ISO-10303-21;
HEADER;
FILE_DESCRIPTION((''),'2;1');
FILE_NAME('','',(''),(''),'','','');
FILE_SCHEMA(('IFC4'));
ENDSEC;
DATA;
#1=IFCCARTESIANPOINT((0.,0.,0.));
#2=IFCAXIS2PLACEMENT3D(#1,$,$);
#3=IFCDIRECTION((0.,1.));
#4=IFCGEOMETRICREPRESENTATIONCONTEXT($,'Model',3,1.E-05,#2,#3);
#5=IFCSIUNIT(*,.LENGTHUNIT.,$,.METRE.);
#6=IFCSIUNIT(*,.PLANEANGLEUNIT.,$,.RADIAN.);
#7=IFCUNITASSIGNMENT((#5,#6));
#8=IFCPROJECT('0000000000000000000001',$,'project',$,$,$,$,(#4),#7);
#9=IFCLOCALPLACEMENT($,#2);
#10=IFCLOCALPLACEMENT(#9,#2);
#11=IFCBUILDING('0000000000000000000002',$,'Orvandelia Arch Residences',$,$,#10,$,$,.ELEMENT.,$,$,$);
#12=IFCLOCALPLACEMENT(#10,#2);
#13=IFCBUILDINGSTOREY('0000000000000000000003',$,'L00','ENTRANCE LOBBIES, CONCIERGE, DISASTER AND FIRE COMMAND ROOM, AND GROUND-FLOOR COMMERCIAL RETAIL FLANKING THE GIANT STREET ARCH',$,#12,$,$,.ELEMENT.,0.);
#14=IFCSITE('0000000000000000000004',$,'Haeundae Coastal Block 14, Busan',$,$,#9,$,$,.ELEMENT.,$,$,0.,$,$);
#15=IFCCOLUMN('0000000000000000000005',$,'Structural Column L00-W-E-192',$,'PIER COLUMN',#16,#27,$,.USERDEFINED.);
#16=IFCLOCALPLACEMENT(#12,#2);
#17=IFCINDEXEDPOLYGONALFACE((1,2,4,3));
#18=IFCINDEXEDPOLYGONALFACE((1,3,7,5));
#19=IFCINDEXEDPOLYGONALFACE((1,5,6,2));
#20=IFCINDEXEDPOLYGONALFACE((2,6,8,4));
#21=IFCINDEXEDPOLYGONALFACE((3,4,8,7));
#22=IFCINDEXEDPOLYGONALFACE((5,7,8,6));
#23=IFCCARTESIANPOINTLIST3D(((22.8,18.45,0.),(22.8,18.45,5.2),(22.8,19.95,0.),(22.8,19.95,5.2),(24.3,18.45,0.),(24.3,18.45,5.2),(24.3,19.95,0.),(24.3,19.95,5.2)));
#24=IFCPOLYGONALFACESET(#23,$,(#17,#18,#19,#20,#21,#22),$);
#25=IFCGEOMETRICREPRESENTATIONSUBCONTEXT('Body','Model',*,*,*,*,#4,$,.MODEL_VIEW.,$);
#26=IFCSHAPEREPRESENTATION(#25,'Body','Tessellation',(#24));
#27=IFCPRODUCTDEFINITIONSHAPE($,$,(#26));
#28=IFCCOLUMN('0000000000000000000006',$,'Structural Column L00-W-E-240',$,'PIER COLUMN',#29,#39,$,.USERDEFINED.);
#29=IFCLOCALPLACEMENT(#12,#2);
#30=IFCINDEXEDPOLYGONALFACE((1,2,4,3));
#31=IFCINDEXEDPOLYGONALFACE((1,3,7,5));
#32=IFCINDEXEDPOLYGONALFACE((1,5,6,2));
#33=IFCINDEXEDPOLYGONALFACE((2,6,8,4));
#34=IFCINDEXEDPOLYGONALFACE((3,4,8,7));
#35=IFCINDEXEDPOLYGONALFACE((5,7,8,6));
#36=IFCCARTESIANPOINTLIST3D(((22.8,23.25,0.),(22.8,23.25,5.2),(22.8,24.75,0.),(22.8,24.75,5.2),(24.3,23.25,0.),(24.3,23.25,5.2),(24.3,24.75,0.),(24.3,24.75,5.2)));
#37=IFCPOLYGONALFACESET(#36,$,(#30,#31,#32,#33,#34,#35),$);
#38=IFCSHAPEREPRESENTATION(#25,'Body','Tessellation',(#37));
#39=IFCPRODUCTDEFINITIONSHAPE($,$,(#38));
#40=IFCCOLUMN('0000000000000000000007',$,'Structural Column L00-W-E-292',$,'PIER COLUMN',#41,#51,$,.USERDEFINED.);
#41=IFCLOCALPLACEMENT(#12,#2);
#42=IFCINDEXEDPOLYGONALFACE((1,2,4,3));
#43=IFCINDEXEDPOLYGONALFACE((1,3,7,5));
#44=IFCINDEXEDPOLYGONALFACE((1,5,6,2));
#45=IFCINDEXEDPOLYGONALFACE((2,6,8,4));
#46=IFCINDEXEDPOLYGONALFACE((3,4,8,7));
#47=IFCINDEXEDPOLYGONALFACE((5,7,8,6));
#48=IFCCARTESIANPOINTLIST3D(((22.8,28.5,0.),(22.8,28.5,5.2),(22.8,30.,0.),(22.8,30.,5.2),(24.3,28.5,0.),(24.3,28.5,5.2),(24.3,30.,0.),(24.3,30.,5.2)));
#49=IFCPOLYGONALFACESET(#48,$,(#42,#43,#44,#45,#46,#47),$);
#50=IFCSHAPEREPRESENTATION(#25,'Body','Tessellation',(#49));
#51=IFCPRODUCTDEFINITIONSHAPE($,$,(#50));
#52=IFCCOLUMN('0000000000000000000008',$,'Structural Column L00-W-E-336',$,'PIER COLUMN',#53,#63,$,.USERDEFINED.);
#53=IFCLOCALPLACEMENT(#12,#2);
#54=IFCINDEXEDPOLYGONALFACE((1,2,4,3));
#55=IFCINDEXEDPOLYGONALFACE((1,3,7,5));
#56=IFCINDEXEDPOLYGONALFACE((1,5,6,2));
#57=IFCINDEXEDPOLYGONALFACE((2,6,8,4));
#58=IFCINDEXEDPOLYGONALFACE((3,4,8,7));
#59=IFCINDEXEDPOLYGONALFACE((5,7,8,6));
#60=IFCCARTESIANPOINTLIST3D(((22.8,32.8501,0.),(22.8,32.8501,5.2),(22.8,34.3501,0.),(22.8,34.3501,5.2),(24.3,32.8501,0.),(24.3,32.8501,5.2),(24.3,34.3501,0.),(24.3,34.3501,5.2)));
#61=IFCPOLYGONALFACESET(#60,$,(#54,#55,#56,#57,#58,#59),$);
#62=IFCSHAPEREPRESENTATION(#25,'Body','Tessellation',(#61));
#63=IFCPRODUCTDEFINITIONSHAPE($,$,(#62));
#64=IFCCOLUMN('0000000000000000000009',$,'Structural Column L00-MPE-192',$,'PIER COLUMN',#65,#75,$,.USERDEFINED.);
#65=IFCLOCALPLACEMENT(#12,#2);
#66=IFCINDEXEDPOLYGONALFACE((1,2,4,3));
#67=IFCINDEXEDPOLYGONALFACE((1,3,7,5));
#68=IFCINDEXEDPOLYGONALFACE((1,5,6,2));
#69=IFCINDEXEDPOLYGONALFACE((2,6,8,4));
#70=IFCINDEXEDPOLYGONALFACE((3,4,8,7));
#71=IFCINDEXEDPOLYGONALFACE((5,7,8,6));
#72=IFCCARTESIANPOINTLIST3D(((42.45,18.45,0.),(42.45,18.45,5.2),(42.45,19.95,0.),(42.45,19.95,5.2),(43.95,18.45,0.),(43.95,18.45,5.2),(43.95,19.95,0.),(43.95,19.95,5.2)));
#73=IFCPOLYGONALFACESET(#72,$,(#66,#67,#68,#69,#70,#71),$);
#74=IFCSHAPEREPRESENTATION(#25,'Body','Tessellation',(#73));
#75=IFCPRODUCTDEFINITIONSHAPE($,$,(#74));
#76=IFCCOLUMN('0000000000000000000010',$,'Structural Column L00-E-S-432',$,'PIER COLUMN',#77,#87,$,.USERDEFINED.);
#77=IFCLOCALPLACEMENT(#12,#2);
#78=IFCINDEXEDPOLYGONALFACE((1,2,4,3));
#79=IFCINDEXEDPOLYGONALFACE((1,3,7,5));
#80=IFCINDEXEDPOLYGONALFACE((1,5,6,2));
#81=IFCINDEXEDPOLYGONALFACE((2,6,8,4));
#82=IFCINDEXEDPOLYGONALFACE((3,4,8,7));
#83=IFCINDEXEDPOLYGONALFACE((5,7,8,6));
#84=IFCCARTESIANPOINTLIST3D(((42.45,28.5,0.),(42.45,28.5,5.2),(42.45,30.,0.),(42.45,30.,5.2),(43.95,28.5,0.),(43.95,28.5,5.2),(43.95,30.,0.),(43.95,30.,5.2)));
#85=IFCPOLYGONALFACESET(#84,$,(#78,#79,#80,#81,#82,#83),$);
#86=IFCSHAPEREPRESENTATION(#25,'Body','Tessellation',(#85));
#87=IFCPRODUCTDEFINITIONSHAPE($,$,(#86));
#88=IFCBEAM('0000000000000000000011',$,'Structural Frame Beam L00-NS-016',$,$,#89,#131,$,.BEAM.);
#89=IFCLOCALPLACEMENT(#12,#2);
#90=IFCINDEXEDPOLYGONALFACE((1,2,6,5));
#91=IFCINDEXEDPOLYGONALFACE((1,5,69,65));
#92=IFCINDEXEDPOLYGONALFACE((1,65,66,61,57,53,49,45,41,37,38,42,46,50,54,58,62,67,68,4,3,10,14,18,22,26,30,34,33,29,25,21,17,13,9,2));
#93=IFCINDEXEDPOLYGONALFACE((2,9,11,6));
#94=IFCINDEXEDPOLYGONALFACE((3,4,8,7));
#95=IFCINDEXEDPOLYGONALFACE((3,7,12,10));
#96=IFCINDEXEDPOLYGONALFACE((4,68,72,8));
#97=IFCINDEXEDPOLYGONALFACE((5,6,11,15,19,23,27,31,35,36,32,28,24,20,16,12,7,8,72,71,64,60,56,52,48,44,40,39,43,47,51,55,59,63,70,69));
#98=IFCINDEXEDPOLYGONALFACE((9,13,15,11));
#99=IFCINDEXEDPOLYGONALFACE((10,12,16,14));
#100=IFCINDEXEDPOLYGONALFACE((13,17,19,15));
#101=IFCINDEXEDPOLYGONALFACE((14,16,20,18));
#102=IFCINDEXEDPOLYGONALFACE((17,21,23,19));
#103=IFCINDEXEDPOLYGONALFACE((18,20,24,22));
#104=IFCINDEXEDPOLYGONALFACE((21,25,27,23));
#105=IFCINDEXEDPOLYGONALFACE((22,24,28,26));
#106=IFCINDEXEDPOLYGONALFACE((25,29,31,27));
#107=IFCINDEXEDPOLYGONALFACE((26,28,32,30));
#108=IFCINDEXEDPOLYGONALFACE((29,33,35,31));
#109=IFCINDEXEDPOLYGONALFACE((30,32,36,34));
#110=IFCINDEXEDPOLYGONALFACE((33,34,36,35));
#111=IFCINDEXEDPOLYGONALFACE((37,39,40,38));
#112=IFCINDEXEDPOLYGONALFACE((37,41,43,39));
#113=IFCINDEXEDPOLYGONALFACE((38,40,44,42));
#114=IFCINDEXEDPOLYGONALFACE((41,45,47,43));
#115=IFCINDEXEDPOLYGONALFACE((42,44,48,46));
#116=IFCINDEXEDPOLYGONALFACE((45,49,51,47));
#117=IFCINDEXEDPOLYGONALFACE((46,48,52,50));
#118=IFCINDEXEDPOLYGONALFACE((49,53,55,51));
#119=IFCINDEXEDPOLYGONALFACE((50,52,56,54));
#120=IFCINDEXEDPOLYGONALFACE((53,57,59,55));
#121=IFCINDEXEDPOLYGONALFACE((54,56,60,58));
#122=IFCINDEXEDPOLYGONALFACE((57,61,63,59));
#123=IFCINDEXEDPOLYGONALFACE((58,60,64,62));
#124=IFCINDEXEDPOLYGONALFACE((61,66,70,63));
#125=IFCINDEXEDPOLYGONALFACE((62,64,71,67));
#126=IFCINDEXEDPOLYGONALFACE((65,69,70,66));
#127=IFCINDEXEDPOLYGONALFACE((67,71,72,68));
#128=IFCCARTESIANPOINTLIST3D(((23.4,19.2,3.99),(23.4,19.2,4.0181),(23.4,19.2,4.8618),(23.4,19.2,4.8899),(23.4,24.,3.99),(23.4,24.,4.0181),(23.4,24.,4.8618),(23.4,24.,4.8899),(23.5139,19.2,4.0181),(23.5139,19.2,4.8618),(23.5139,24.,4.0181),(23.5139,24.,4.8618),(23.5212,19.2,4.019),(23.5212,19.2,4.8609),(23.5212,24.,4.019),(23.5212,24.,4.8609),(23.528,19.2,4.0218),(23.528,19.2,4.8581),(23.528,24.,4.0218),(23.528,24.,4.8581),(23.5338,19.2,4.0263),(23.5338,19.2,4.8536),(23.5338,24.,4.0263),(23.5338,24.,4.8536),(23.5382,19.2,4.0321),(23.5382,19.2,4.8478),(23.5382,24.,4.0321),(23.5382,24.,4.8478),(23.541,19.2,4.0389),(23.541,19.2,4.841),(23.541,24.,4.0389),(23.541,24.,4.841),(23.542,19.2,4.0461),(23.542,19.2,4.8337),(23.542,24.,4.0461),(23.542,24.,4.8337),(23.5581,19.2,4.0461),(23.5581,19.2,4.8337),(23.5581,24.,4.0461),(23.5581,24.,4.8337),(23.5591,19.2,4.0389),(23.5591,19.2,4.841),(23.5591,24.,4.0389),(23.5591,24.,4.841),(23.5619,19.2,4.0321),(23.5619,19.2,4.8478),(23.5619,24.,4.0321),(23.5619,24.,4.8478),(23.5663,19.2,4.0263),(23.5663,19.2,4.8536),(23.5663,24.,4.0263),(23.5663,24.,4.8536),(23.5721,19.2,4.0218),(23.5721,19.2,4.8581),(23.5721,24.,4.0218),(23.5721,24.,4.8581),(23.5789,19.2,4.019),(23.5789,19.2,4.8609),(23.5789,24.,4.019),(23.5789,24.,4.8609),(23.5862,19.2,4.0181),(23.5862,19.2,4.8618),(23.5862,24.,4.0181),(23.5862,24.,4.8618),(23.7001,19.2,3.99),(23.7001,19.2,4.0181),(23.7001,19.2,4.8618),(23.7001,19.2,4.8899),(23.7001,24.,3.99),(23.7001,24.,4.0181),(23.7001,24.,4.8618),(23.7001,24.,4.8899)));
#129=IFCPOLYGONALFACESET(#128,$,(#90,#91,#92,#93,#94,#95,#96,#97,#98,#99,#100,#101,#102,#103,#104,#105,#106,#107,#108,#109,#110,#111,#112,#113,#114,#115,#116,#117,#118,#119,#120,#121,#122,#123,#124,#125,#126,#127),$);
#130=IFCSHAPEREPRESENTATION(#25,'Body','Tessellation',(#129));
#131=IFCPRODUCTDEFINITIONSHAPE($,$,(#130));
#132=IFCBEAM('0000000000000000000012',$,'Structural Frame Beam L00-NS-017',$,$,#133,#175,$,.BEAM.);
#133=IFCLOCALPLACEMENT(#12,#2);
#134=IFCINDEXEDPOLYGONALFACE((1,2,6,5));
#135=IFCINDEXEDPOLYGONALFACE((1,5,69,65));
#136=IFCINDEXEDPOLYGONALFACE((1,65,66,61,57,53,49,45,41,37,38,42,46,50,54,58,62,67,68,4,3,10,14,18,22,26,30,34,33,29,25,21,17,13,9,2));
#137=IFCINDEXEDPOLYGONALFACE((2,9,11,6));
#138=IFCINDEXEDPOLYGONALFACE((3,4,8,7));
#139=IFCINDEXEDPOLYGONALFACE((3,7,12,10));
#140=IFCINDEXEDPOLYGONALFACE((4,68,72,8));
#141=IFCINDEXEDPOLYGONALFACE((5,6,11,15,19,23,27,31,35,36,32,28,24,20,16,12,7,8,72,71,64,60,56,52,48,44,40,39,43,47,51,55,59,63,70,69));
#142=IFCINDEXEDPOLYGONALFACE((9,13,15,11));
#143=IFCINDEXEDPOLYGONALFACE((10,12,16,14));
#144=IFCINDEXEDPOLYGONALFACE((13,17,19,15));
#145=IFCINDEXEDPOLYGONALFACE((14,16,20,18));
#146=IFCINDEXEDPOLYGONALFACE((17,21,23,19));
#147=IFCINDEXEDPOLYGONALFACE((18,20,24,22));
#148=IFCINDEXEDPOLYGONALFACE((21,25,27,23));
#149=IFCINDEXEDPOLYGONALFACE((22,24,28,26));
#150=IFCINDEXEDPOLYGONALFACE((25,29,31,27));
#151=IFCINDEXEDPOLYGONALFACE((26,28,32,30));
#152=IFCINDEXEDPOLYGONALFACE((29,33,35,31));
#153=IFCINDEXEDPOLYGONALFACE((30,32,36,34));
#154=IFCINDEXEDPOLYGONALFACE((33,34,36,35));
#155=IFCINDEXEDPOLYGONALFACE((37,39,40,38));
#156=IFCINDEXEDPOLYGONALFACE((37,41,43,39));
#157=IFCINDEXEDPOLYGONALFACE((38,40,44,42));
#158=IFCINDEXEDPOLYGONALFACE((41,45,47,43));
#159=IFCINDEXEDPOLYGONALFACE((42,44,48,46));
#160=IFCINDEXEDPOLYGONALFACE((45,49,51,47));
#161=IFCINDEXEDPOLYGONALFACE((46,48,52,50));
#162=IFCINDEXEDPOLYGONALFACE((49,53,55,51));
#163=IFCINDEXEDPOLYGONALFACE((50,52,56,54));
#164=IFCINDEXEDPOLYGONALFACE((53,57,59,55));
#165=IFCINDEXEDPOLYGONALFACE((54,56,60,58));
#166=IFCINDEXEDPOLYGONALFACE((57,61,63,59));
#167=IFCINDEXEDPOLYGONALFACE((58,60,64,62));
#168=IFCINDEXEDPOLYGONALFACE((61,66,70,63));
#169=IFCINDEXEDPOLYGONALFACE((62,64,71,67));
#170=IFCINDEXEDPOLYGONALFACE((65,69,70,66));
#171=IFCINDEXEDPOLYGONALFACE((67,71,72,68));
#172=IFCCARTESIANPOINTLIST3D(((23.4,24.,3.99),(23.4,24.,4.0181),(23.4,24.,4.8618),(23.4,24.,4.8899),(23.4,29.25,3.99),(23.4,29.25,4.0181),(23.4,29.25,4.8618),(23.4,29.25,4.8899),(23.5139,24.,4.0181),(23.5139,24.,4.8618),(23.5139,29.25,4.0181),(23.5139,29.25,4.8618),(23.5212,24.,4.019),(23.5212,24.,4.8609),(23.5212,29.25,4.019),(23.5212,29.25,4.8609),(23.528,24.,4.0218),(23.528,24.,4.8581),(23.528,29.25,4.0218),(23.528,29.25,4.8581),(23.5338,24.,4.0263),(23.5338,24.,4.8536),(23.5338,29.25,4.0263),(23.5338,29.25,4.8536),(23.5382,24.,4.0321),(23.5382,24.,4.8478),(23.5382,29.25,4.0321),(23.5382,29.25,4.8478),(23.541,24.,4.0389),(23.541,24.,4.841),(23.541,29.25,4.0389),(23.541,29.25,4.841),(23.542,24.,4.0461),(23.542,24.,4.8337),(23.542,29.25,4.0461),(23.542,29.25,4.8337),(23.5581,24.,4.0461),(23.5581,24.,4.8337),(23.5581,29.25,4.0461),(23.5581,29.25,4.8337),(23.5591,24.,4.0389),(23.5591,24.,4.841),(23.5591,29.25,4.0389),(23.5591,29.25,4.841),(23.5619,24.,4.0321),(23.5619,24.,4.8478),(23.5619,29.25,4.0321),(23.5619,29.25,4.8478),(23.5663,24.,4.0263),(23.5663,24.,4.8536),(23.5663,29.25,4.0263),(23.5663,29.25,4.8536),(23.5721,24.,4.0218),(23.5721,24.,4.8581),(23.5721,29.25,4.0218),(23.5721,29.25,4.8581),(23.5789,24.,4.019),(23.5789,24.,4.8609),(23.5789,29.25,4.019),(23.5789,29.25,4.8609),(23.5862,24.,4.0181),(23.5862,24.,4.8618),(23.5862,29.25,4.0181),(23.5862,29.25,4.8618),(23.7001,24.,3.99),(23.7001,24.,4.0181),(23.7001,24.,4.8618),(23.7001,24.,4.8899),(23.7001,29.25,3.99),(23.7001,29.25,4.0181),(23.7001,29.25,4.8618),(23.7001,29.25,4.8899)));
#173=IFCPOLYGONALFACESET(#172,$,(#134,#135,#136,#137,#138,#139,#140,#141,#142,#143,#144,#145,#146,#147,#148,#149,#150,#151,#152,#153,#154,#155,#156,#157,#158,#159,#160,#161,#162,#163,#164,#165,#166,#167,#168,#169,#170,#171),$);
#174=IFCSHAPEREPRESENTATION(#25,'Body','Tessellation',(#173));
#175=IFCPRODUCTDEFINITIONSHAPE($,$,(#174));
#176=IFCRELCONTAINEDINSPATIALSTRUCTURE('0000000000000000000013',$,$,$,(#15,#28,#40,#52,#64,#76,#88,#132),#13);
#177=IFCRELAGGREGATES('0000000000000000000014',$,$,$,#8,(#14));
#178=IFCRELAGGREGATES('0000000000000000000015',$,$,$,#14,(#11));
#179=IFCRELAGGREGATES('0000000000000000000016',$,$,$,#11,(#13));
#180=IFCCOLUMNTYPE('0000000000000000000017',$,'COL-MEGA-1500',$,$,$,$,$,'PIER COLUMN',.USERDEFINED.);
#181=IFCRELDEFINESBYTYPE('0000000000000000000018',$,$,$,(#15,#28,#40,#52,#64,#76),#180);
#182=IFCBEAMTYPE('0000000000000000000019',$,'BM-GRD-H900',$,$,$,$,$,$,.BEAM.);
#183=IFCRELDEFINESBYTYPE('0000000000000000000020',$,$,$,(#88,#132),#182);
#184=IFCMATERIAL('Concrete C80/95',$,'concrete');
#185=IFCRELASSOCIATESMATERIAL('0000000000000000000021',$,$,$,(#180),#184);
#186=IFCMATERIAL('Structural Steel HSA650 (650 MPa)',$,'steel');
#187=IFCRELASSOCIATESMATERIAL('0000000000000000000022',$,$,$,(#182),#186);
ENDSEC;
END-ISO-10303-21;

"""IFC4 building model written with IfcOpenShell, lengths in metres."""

from ifc_helpers import new_model, si_unit, direction, frame, origin, origin_2d, place, context, subcontext, project, spatial, rectangle, i_section, extrude, material, material_profile, profile_set, type_object, element, save


model = new_model("IFC4")

# Units and contexts
model_context = context("Model", 3, precision=1e-05, world=origin(), true_north=direction((0.0, 1.0)))
body_context = subcontext(model_context, "Body", "Model", "MODEL_VIEW")
ifc_project = project(units=[si_unit("LENGTHUNIT", "METRE"), si_unit("PLANEANGLEUNIT", "RADIAN")], contexts=[model_context])

# Site, building, storey
site_placement = place(None, origin())
site = spatial("IfcSite", under=ifc_project, at=site_placement, Name="Haeundae Coastal Block 14, Busan", CompositionType="ELEMENT", RefElevation=0.0)
building_placement = place(site_placement, origin())
building = spatial("IfcBuilding", under=site, at=building_placement, Name="Orvandelia Arch Residences", CompositionType="ELEMENT")
storey_placement = place(building_placement, origin())
storey = spatial("IfcBuildingStorey", under=building, at=storey_placement, Name="L00", Description="ENTRANCE LOBBIES, CONCIERGE, DISASTER AND FIRE COMMAND ROOM, AND GROUND-FLOOR COMMERCIAL RETAIL FLANKING THE GIANT STREET ARCH", CompositionType="ELEMENT", Elevation=0.0)

# Columns
ifc_material_1 = material(Name="Concrete C80/95", Category="concrete")
ifc_material_profile_1 = material_profile(ifc_material_1, rectangle(XDim=1.5, YDim=1.5, at=origin_2d()), Name="Concrete C80/95", Category="concrete")
ifc_profile_set_1 = profile_set([ifc_material_profile_1], Name="Concrete C80/95")
column_type = type_object("IfcColumnType", Name="COL-MEGA-1500", ElementType="PIER COLUMN", PredefinedType="USERDEFINED", material=ifc_profile_set_1)
for number, where, z_axis, x_axis, name in (
    (1, (23.55, 19.2, 0.0), (0.0, 0.0, 1.0), (1.0, 0.0, 0.0), "Structural Column L00-W-E-192"),
    (2, (23.55, 24.0, 0.0), (0.0, 0.0, 1.0), (1.0, 0.0, 0.0), "Structural Column L00-W-E-240"),
    (3, (23.55, 29.25, 0.0), (0.0, 0.0, 1.0), (1.0, 0.0, 0.0), "Structural Column L00-W-E-292"),
    (4, (23.55, 33.6001, 0.0), (0.0, 0.0, 1.0), (1.0, 0.0, 0.0), "Structural Column L00-W-E-336"),
    (5, (43.2, 19.2, 0.0), (0.0, 0.0, 1.0), (1.0, 0.0, 0.0), "Structural Column L00-MPE-192"),
    (6, (43.2, 29.25, 0.0), (0.0, 0.0, 1.0), (1.0, 0.0, 0.0), "Structural Column L00-E-S-432"),
):
    element("IfcColumn", number, at=place(storey_placement, frame(where, z_axis=z_axis, x_axis=x_axis)), inside=storey, type_object=column_type, Name=name, ObjectType="PIER COLUMN", PredefinedType="USERDEFINED", context=body_context, shape_type="SweptSolid", body=[
        extrude(rectangle(XDim=1.5, YDim=1.5, at=origin_2d()), origin(), (0.0, 0.0, 1.0), 5.2),
    ])

# Beams
ifc_material_2 = material(Name="Structural Steel HSA650 (650 MPa)", Category="steel")
ifc_material_profile_2 = material_profile(ifc_material_2, i_section(OverallWidth=0.3, OverallDepth=0.8999, WebThickness=0.0161, FlangeThickness=0.0281, FilletRadius=0.0281, at=origin_2d()), Name="Structural Steel HSA650 (650 MPa)", Category="steel")
ifc_profile_set_2 = profile_set([ifc_material_profile_2], Name="Structural Steel HSA650 (650 MPa)")
beam_type = type_object("IfcBeamType", Name="BM-GRD-H900", PredefinedType="BEAM", material=ifc_profile_set_2)
beam_1_placement = place(storey_placement, frame((23.55, 19.2, 4.4399), z_axis=(0.0, 1.0, 0.0), x_axis=(-1.0, 0.0, 0.0)))
element("IfcBeam", 7, at=beam_1_placement, inside=storey, type_object=beam_type, Name="Structural Frame Beam L00-NS-016", PredefinedType="BEAM", context=body_context, shape_type="SweptSolid", body=[
    extrude(i_section(OverallWidth=0.3, OverallDepth=0.8999, WebThickness=0.0161, FlangeThickness=0.0281, FilletRadius=0.0281, at=origin_2d()), origin(), (0.0, 0.0, 1.0), 4.8),
])
beam_2_placement = place(storey_placement, frame((23.55, 24.0, 4.4399), z_axis=(0.0, 1.0, 0.0), x_axis=(-1.0, 0.0, 0.0)))
element("IfcBeam", 8, at=beam_2_placement, inside=storey, type_object=beam_type, Name="Structural Frame Beam L00-NS-017", PredefinedType="BEAM", context=body_context, shape_type="SweptSolid", body=[
    extrude(i_section(OverallWidth=0.3, OverallDepth=0.8999, WebThickness=0.0161, FlangeThickness=0.0281, FilletRadius=0.0281, at=origin_2d()), origin(), (0.0, 0.0, 1.0), 5.25),
])

save(model, "model.ifc")
